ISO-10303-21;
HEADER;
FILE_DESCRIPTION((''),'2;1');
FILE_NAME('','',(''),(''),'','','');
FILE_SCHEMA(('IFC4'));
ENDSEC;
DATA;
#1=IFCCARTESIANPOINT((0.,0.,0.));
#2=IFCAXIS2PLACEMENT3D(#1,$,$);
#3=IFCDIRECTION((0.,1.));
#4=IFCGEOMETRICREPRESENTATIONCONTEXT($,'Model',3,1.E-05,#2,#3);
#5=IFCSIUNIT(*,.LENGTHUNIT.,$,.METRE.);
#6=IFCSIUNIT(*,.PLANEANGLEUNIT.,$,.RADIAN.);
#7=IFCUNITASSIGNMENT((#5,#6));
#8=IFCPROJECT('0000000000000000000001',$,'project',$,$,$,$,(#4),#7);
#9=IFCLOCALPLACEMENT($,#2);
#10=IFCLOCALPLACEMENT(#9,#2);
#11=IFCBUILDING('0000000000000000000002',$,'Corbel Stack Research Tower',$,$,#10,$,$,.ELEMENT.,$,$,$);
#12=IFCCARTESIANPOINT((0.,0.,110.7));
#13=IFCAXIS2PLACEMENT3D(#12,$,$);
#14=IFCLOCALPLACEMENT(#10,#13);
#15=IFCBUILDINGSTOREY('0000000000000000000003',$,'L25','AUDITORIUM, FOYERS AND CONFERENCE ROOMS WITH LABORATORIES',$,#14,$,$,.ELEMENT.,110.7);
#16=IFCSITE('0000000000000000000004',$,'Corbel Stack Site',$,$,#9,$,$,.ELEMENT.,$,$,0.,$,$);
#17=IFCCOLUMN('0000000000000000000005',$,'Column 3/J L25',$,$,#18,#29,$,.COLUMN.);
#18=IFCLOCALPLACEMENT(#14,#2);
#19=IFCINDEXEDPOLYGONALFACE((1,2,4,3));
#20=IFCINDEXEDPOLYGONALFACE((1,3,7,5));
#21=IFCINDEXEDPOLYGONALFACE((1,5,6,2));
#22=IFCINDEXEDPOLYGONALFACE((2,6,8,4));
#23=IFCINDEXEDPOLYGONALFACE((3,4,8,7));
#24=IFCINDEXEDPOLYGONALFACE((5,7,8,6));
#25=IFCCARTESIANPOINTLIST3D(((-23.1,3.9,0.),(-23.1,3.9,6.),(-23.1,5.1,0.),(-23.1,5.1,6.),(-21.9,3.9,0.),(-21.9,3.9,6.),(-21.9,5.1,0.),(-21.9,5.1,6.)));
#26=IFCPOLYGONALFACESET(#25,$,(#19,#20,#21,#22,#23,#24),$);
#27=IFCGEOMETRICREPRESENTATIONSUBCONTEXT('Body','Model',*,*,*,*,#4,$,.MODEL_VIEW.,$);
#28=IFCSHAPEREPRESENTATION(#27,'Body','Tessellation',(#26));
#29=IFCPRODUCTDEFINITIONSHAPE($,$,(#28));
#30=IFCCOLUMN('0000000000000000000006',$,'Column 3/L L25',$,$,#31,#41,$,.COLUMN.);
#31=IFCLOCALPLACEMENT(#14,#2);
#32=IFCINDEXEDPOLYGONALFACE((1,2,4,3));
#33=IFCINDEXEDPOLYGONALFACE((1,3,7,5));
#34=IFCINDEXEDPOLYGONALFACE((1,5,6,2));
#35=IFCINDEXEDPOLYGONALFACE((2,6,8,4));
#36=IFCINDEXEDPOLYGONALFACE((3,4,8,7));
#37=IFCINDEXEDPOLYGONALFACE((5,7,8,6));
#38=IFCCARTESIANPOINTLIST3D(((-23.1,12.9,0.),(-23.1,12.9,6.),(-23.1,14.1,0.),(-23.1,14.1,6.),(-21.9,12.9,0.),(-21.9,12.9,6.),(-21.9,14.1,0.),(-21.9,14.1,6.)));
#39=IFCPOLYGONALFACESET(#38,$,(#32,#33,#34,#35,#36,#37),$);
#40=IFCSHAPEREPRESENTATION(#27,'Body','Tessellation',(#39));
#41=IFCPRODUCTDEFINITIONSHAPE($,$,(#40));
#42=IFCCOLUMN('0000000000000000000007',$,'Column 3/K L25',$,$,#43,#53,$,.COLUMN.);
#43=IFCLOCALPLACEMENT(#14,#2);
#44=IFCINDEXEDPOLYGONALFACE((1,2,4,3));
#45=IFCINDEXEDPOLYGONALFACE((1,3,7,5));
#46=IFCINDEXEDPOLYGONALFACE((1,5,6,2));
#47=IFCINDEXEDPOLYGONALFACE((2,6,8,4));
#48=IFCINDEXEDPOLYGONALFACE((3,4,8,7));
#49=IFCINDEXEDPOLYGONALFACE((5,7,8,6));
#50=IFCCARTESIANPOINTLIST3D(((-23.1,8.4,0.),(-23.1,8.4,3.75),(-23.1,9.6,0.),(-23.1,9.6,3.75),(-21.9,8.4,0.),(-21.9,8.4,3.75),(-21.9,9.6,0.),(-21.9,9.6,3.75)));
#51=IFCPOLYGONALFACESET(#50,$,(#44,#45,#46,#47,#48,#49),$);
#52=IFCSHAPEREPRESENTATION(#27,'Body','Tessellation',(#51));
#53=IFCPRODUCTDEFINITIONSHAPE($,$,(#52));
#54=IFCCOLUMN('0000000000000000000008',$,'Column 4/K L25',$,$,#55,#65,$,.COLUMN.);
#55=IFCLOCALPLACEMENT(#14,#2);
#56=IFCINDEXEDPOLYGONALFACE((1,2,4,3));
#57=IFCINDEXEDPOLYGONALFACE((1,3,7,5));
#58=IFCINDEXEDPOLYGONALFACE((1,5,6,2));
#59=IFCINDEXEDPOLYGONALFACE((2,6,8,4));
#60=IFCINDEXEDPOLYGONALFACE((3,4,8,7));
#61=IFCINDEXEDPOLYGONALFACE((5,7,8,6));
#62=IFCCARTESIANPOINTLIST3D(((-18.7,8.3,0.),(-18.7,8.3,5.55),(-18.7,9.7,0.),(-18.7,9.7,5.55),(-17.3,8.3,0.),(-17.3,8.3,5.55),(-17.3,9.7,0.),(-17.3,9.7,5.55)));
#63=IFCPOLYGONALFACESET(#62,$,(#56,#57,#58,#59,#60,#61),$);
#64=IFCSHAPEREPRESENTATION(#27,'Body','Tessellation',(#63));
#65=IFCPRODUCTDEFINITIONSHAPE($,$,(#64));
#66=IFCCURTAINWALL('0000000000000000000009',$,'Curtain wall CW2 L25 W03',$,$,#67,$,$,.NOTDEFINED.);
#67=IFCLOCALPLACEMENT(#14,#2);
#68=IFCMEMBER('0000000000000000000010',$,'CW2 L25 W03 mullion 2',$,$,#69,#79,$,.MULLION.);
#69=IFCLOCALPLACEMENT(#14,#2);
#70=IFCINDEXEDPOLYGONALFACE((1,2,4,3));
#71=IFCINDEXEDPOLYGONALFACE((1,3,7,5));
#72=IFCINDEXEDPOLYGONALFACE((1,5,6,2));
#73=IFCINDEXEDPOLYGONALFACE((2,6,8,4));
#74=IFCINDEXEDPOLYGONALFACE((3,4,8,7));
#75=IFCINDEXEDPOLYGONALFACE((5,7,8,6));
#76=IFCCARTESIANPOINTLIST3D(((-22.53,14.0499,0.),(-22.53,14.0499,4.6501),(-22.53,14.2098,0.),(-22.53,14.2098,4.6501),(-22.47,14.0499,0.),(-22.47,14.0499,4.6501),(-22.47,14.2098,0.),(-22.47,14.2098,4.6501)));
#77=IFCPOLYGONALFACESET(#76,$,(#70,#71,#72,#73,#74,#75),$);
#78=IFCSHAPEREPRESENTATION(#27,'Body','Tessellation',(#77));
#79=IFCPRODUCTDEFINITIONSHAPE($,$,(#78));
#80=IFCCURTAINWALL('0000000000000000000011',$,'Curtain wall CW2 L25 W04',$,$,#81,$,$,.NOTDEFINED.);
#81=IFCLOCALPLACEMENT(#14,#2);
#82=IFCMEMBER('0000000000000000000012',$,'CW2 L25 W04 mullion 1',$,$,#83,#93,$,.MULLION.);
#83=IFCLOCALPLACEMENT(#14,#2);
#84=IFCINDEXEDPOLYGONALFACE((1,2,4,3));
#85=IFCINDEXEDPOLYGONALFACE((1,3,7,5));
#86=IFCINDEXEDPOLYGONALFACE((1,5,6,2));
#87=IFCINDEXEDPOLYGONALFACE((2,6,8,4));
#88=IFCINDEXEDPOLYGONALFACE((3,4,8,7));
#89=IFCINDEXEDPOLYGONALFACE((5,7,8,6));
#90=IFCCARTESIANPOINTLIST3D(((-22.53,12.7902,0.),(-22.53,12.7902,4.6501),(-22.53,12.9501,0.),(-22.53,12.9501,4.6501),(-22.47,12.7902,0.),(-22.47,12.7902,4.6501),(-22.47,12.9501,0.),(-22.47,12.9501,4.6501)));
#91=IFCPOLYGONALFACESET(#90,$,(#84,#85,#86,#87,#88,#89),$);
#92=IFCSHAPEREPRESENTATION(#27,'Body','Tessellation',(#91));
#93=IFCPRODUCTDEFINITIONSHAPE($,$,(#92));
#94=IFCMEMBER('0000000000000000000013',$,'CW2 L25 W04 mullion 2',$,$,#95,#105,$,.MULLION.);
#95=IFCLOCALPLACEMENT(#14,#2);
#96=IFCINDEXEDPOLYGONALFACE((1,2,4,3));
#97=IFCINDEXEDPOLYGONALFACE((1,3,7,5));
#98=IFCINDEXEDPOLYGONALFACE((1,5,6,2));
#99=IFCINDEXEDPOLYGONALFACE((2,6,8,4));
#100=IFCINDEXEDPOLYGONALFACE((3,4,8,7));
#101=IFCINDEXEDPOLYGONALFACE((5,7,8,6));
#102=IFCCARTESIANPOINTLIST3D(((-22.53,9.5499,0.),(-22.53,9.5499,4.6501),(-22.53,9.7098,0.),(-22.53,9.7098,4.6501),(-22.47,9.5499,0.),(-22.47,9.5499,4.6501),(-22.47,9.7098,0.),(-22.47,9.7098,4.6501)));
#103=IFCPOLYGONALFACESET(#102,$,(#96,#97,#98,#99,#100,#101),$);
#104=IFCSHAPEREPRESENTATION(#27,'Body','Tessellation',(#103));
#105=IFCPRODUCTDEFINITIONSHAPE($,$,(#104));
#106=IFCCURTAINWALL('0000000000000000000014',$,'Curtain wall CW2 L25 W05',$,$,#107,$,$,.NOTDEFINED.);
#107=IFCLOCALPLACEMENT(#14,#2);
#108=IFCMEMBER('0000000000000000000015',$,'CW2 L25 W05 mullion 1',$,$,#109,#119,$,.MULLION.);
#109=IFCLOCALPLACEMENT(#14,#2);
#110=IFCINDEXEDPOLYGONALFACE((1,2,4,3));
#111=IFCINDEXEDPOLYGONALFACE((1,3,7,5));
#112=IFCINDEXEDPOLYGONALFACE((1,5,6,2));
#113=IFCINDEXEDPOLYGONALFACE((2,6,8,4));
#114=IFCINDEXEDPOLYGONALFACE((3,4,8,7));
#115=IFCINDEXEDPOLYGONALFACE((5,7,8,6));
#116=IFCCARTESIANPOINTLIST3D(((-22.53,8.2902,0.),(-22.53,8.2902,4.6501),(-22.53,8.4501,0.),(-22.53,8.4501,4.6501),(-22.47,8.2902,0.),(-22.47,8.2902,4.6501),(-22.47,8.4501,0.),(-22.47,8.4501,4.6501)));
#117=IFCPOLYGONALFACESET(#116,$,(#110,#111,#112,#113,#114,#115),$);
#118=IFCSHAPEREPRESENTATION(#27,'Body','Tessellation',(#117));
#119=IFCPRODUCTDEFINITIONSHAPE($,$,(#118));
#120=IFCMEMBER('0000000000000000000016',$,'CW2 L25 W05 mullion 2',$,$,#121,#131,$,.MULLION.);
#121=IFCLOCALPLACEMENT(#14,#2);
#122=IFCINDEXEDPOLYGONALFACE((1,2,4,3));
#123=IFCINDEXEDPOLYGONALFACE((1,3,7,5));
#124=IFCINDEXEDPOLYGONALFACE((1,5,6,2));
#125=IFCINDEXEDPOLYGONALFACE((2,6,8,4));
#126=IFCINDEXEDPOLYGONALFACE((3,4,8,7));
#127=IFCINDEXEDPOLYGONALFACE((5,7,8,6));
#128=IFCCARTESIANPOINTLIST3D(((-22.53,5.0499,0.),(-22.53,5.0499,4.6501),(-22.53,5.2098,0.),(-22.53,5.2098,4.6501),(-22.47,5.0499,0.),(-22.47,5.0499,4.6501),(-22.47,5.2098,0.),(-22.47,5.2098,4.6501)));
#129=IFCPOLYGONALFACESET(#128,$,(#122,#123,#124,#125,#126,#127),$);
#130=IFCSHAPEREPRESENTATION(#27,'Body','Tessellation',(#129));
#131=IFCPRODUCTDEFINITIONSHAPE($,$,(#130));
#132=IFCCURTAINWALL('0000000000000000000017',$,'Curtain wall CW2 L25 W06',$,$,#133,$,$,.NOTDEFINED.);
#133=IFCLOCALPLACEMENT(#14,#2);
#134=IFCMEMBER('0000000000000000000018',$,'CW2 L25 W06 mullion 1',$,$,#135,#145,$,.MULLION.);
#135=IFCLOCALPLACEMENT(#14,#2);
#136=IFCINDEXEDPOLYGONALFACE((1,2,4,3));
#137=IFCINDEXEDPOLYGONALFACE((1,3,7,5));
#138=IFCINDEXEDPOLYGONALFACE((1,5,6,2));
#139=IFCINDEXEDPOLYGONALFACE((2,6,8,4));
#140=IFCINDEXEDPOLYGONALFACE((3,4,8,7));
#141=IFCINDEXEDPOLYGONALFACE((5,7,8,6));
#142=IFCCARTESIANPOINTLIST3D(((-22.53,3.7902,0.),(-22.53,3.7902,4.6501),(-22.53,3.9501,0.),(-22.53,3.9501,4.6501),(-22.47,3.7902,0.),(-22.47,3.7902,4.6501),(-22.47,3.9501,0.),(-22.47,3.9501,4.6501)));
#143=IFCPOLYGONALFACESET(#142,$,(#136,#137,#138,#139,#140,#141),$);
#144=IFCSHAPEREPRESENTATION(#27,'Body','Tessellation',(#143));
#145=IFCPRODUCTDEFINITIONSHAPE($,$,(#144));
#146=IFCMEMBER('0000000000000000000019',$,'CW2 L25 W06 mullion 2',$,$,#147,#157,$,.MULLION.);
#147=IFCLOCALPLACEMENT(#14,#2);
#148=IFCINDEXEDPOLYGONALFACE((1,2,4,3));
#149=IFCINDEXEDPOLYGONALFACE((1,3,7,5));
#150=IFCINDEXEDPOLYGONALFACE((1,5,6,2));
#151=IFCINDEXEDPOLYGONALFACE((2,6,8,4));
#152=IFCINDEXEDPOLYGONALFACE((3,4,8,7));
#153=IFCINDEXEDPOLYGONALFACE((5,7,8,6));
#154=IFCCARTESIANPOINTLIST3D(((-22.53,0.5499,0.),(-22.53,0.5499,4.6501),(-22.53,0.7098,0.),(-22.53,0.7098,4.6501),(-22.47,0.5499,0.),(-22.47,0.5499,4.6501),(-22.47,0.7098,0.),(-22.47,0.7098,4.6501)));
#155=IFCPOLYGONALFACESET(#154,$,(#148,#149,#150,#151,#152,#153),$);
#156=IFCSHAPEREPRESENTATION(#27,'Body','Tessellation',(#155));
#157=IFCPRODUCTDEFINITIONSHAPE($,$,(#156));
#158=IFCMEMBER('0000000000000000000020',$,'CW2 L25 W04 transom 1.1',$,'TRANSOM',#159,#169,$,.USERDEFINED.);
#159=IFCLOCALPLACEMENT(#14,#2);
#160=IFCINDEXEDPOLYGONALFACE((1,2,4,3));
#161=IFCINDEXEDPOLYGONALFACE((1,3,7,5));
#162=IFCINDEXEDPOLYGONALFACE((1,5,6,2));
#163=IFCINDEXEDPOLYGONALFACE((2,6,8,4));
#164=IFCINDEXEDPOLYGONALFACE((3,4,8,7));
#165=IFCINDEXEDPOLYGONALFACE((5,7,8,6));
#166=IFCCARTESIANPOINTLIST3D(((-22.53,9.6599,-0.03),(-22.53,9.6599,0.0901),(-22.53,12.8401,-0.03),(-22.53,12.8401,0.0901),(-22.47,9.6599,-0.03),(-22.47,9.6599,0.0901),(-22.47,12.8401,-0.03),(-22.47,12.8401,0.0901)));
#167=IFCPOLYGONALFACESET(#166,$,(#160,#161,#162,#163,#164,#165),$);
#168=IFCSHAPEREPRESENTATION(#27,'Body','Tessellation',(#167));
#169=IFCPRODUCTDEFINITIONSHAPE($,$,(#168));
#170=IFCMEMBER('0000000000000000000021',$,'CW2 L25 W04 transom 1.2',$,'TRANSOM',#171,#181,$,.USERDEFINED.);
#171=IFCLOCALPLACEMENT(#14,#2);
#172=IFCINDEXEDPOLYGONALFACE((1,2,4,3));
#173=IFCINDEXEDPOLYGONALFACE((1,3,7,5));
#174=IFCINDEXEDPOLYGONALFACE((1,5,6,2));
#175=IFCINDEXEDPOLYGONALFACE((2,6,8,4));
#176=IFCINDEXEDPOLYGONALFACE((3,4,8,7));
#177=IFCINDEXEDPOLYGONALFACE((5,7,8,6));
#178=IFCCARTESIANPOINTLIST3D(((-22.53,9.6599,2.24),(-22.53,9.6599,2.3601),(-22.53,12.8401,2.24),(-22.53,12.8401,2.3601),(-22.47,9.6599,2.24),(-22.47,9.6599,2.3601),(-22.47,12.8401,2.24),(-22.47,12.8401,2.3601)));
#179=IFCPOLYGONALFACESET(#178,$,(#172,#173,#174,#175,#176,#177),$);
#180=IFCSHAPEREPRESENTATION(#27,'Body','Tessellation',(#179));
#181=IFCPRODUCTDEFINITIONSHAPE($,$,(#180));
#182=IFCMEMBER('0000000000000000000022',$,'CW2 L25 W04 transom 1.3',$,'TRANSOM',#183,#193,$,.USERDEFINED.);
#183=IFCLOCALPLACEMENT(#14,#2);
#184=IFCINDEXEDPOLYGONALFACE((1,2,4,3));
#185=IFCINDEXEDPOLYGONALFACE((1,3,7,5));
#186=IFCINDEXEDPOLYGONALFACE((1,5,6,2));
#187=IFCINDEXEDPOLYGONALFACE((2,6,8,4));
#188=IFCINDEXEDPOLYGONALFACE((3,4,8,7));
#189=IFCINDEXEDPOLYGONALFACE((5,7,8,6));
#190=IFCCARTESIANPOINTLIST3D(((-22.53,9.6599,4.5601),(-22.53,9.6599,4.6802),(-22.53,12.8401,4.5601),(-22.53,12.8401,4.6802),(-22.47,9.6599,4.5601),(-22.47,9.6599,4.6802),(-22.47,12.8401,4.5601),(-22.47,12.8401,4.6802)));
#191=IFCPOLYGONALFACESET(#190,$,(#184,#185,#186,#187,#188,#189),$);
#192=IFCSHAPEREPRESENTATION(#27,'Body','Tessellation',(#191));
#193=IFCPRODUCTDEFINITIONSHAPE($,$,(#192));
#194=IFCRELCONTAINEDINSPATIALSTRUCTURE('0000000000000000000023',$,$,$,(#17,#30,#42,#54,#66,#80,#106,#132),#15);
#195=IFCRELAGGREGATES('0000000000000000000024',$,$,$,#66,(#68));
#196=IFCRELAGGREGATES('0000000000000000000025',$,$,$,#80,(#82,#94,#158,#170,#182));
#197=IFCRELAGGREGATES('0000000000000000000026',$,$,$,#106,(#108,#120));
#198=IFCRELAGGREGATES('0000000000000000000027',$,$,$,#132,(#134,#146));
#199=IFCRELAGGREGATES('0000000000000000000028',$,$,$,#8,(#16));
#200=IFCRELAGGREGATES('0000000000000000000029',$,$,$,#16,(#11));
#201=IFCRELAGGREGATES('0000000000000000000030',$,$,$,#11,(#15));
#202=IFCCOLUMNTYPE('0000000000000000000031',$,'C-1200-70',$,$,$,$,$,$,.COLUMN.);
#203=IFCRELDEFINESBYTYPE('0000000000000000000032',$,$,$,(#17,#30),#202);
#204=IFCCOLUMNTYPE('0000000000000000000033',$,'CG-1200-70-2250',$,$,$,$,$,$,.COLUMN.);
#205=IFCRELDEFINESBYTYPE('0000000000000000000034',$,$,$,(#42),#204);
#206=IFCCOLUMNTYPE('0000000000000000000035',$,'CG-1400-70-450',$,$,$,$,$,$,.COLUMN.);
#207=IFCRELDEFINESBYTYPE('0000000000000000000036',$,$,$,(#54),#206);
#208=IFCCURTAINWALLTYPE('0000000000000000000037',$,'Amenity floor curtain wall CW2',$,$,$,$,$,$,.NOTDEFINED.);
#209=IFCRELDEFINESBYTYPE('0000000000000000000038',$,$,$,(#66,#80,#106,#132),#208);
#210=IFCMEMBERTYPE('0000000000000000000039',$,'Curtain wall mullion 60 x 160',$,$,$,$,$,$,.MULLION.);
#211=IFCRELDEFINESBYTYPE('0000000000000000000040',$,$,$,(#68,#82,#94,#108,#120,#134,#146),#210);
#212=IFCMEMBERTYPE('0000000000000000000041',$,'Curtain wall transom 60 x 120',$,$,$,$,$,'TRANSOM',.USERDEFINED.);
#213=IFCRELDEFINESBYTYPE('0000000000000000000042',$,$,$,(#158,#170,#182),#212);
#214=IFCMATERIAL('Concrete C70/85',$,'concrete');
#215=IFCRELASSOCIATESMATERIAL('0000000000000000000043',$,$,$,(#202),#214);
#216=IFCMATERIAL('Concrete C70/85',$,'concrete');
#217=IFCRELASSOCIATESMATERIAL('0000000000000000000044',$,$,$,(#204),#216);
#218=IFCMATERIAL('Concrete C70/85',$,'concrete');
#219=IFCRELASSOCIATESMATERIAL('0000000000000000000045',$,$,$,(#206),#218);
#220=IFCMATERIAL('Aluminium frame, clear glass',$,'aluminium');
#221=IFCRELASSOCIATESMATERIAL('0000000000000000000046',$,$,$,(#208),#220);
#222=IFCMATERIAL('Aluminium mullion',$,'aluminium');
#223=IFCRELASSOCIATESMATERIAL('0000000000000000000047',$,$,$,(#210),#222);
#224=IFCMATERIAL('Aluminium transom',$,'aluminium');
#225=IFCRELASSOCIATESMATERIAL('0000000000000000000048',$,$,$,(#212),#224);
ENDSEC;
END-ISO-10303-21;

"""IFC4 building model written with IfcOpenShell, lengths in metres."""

from ifc_helpers import new_model, si_unit, direction, frame, origin, origin_2d, place, context, subcontext, project, spatial, rectangle, extrude, material, material_profile, profile_set, type_object, element, aggregate, save


model = new_model("IFC4")

# Units and contexts
model_context = context("Model", 3, precision=1e-05, world=origin(), true_north=direction((0.0, 1.0)))
body_context = subcontext(model_context, "Body", "Model", "MODEL_VIEW")
ifc_project = project(units=[si_unit("LENGTHUNIT", "METRE"), si_unit("PLANEANGLEUNIT", "RADIAN")], contexts=[model_context])

# Site, building, storey
site_placement = place(None, origin())
site = spatial("IfcSite", under=ifc_project, at=site_placement, Name="Corbel Stack Site", CompositionType="ELEMENT", RefElevation=0.0)
building_placement = place(site_placement, origin())
building = spatial("IfcBuilding", under=site, at=building_placement, Name="Corbel Stack Research Tower", CompositionType="ELEMENT")
storey_placement = place(building_placement, frame((0.0, 0.0, 110.7)))
storey = spatial("IfcBuildingStorey", under=building, at=storey_placement, Name="L25", Description="AUDITORIUM, FOYERS AND CONFERENCE ROOMS WITH LABORATORIES", CompositionType="ELEMENT", Elevation=110.7)

# Columns
ifc_material_1 = material(Name="Concrete C70/85", Category="concrete")
ifc_material_profile_1 = material_profile(ifc_material_1, rectangle(XDim=1.2, YDim=1.2, at=origin_2d()), Name="RC 1200 x 1200")
ifc_profile_set_1 = profile_set([ifc_material_profile_1], Name="Concrete C70/85")
column_type_1 = type_object("IfcColumnType", Name="C-1200-70", PredefinedType="COLUMN", material=ifc_profile_set_1)
for number, where, z_axis, x_axis, name in (
    (1, (-22.5, 4.5, 0.0), (0.0, 0.0, 1.0), (1.0, 0.0, 0.0), "Column 3/J L25"),
    (2, (-22.5, 13.5, 0.0), (0.0, 0.0, 1.0), (1.0, 0.0, 0.0), "Column 3/L L25"),
):
    element("IfcColumn", number, at=place(storey_placement, frame(where, z_axis=z_axis, x_axis=x_axis)), inside=storey, type_object=column_type_1, Name=name, PredefinedType="COLUMN", context=body_context, shape_type="SweptSolid", body=[
        extrude(rectangle(XDim=1.2, YDim=1.2, at=origin_2d()), origin(), (0.0, 0.0, 1.0), 6.0),
    ])
ifc_material_2 = material(Name="Concrete C70/85", Category="concrete")
ifc_material_profile_2 = material_profile(ifc_material_2, rectangle(XDim=1.2, YDim=1.2, at=origin_2d()), Name="RC 1200 x 1200")
ifc_profile_set_2 = profile_set([ifc_material_profile_2], Name="Concrete C70/85")
column_type_2 = type_object("IfcColumnType", Name="CG-1200-70-2250", PredefinedType="COLUMN", material=ifc_profile_set_2)
column_1_placement = place(storey_placement, frame((-22.5, 9.0, 0.0), z_axis=(0.0, 0.0, 1.0), x_axis=(1.0, 0.0, 0.0)))
element("IfcColumn", 3, at=column_1_placement, inside=storey, type_object=column_type_2, Name="Column 3/K L25", PredefinedType="COLUMN", context=body_context, shape_type="SweptSolid", body=[
    extrude(rectangle(XDim=1.2, YDim=1.2, at=origin_2d()), origin(), (0.0, 0.0, 1.0), 3.75),
])
ifc_material_3 = material(Name="Concrete C70/85", Category="concrete")
ifc_material_profile_3 = material_profile(ifc_material_3, rectangle(XDim=1.3999, YDim=1.3999, at=origin_2d()), Name="RC 1400 x 1400")
ifc_profile_set_3 = profile_set([ifc_material_profile_3], Name="Concrete C70/85")
column_type_3 = type_object("IfcColumnType", Name="CG-1400-70-450", PredefinedType="COLUMN", material=ifc_profile_set_3)
column_2_placement = place(storey_placement, frame((-18.0, 9.0, 0.0), z_axis=(0.0, 0.0, 1.0), x_axis=(1.0, 0.0, 0.0)))
element("IfcColumn", 4, at=column_2_placement, inside=storey, type_object=column_type_3, Name="Column 4/K L25", PredefinedType="COLUMN", context=body_context, shape_type="SweptSolid", body=[
    extrude(rectangle(XDim=1.3999, YDim=1.3999, at=origin_2d()), origin(), (0.0, 0.0, 1.0), 5.55),
])

# Curtain wall, member
ifc_material_4 = material(Name="Aluminium frame, clear glass", Category="aluminium")
curtain_wall_type = type_object("IfcCurtainWallType", Name="Amenity floor curtain wall CW2", PredefinedType="NOTDEFINED", material=ifc_material_4)
curtain_wall_1_placement = place(storey_placement, origin())
curtain_wall_1 = element("IfcCurtainWall", 5, at=curtain_wall_1_placement, inside=storey, type_object=curtain_wall_type, Name="Curtain wall CW2 L25 W03", PredefinedType="NOTDEFINED")
ifc_material_5 = material(Name="Aluminium mullion", Category="aluminium")
ifc_material_profile_4 = material_profile(ifc_material_5, rectangle(XDim=0.0601, YDim=0.1599, at=origin_2d()), Name="Mullion 60 x 160")
ifc_profile_set_4 = profile_set([ifc_material_profile_4], Name="Aluminium mullion")
member_type_1 = type_object("IfcMemberType", Name="Curtain wall mullion 60 x 160", PredefinedType="MULLION", material=ifc_profile_set_4)
member_1_placement = place(storey_placement, frame((-22.5, 14.1299, 0.0), z_axis=(0.0, 0.0, 1.0), x_axis=(1.0, 0.0, 0.0)))
member_1 = element("IfcMember", 6, at=member_1_placement, type_object=member_type_1, Name="CW2 L25 W03 mullion 2", PredefinedType="MULLION", context=body_context, shape_type="SweptSolid", body=[
    extrude(rectangle(XDim=0.0601, YDim=0.1599, at=origin_2d()), origin(), (0.0, 0.0, 1.0), 4.6501),
])
aggregate(curtain_wall_1, [member_1])

# Curtain walls, members
curtain_wall_2_placement = place(storey_placement, origin())
curtain_wall_2 = element("IfcCurtainWall", 7, at=curtain_wall_2_placement, inside=storey, type_object=curtain_wall_type, Name="Curtain wall CW2 L25 W04", PredefinedType="NOTDEFINED")
member_2_placement = place(storey_placement, frame((-22.5, 12.8701, 0.0), z_axis=(0.0, 0.0, 1.0), x_axis=(1.0, 0.0, 0.0)))
member_2 = element("IfcMember", 8, at=member_2_placement, type_object=member_type_1, Name="CW2 L25 W04 mullion 1", PredefinedType="MULLION", context=body_context, shape_type="SweptSolid", body=[
    extrude(rectangle(XDim=0.0601, YDim=0.1599, at=origin_2d()), origin(), (0.0, 0.0, 1.0), 4.6501),
])
member_3_placement = place(storey_placement, frame((-22.5, 9.6299, 0.0), z_axis=(0.0, 0.0, 1.0), x_axis=(1.0, 0.0, 0.0)))
member_3 = element("IfcMember", 9, at=member_3_placement, type_object=member_type_1, Name="CW2 L25 W04 mullion 2", PredefinedType="MULLION", context=body_context, shape_type="SweptSolid", body=[
    extrude(rectangle(XDim=0.0601, YDim=0.1599, at=origin_2d()), origin(), (0.0, 0.0, 1.0), 4.6501),
])
curtain_wall_3_placement = place(storey_placement, origin())
curtain_wall_3 = element("IfcCurtainWall", 10, at=curtain_wall_3_placement, inside=storey, type_object=curtain_wall_type, Name="Curtain wall CW2 L25 W05", PredefinedType="NOTDEFINED")
member_4_placement = place(storey_placement, frame((-22.5, 8.3701, 0.0), z_axis=(0.0, 0.0, 1.0), x_axis=(1.0, 0.0, 0.0)))
member_4 = element("IfcMember", 11, at=member_4_placement, type_object=member_type_1, Name="CW2 L25 W05 mullion 1", PredefinedType="MULLION", context=body_context, shape_type="SweptSolid", body=[
    extrude(rectangle(XDim=0.0601, YDim=0.1599, at=origin_2d()), origin(), (0.0, 0.0, 1.0), 4.6501),
])
member_5_placement = place(storey_placement, frame((-22.5, 5.1299, 0.0), z_axis=(0.0, 0.0, 1.0), x_axis=(1.0, 0.0, 0.0)))
member_5 = element("IfcMember", 12, at=member_5_placement, type_object=member_type_1, Name="CW2 L25 W05 mullion 2", PredefinedType="MULLION", context=body_context, shape_type="SweptSolid", body=[
    extrude(rectangle(XDim=0.0601, YDim=0.1599, at=origin_2d()), origin(), (0.0, 0.0, 1.0), 4.6501),
])
curtain_wall_4_placement = place(storey_placement, origin())
curtain_wall_4 = element("IfcCurtainWall", 13, at=curtain_wall_4_placement, inside=storey, type_object=curtain_wall_type, Name="Curtain wall CW2 L25 W06", PredefinedType="NOTDEFINED")
member_6_placement = place(storey_placement, frame((-22.5, 3.8701, 0.0), z_axis=(0.0, 0.0, 1.0), x_axis=(1.0, 0.0, 0.0)))
member_6 = element("IfcMember", 14, at=member_6_placement, type_object=member_type_1, Name="CW2 L25 W06 mullion 1", PredefinedType="MULLION", context=body_context, shape_type="SweptSolid", body=[
    extrude(rectangle(XDim=0.0601, YDim=0.1599, at=origin_2d()), origin(), (0.0, 0.0, 1.0), 4.6501),
])
member_7_placement = place(storey_placement, frame((-22.5, 0.6299, 0.0), z_axis=(0.0, 0.0, 1.0), x_axis=(1.0, 0.0, 0.0)))
member_7 = element("IfcMember", 15, at=member_7_placement, type_object=member_type_1, Name="CW2 L25 W06 mullion 2", PredefinedType="MULLION", context=body_context, shape_type="SweptSolid", body=[
    extrude(rectangle(XDim=0.0601, YDim=0.1599, at=origin_2d()), origin(), (0.0, 0.0, 1.0), 4.6501),
])

# Members
ifc_material_6 = material(Name="Aluminium transom", Category="aluminium")
ifc_material_profile_5 = material_profile(ifc_material_6, rectangle(XDim=0.0601, YDim=0.1201, at=origin_2d()), Name="Transom 60 x 120")
ifc_profile_set_5 = profile_set([ifc_material_profile_5], Name="Aluminium transom")
member_type_2 = type_object("IfcMemberType", Name="Curtain wall transom 60 x 120", ElementType="TRANSOM", PredefinedType="USERDEFINED", material=ifc_profile_set_5)
member_8_placement = place(storey_placement, frame((-22.5, 12.8401, 0.03), z_axis=(0.0, -1.0, 0.0), x_axis=(1.0, 0.0, 0.0)))
member_8 = element("IfcMember", 16, at=member_8_placement, type_object=member_type_2, Name="CW2 L25 W04 transom 1.1", ObjectType="TRANSOM", PredefinedType="USERDEFINED", context=body_context, shape_type="SweptSolid", body=[
    extrude(rectangle(XDim=0.0601, YDim=0.1201, at=origin_2d()), origin(), (0.0, 0.0, 1.0), 3.1802),
])
member_9_placement = place(storey_placement, frame((-22.5, 12.8401, 2.3), z_axis=(0.0, -1.0, 0.0), x_axis=(1.0, 0.0, 0.0)))
member_9 = element("IfcMember", 17, at=member_9_placement, type_object=member_type_2, Name="CW2 L25 W04 transom 1.2", ObjectType="TRANSOM", PredefinedType="USERDEFINED", context=body_context, shape_type="SweptSolid", body=[
    extrude(rectangle(XDim=0.0601, YDim=0.1201, at=origin_2d()), origin(), (0.0, 0.0, 1.0), 3.1802),
])
member_10_placement = place(storey_placement, frame((-22.5, 12.8401, 4.6201), z_axis=(0.0, -1.0, 0.0), x_axis=(1.0, 0.0, 0.0)))
member_10 = element("IfcMember", 18, at=member_10_placement, type_object=member_type_2, Name="CW2 L25 W04 transom 1.3", ObjectType="TRANSOM", PredefinedType="USERDEFINED", context=body_context, shape_type="SweptSolid", body=[
    extrude(rectangle(XDim=0.0601, YDim=0.1201, at=origin_2d()), origin(), (0.0, 0.0, 1.0), 3.1802),
])

aggregate(curtain_wall_2, [member_2, member_3, member_8, member_9, member_10])
aggregate(curtain_wall_3, [member_4, member_5])
aggregate(curtain_wall_4, [member_6, member_7])

save(model, "model.ifc")
